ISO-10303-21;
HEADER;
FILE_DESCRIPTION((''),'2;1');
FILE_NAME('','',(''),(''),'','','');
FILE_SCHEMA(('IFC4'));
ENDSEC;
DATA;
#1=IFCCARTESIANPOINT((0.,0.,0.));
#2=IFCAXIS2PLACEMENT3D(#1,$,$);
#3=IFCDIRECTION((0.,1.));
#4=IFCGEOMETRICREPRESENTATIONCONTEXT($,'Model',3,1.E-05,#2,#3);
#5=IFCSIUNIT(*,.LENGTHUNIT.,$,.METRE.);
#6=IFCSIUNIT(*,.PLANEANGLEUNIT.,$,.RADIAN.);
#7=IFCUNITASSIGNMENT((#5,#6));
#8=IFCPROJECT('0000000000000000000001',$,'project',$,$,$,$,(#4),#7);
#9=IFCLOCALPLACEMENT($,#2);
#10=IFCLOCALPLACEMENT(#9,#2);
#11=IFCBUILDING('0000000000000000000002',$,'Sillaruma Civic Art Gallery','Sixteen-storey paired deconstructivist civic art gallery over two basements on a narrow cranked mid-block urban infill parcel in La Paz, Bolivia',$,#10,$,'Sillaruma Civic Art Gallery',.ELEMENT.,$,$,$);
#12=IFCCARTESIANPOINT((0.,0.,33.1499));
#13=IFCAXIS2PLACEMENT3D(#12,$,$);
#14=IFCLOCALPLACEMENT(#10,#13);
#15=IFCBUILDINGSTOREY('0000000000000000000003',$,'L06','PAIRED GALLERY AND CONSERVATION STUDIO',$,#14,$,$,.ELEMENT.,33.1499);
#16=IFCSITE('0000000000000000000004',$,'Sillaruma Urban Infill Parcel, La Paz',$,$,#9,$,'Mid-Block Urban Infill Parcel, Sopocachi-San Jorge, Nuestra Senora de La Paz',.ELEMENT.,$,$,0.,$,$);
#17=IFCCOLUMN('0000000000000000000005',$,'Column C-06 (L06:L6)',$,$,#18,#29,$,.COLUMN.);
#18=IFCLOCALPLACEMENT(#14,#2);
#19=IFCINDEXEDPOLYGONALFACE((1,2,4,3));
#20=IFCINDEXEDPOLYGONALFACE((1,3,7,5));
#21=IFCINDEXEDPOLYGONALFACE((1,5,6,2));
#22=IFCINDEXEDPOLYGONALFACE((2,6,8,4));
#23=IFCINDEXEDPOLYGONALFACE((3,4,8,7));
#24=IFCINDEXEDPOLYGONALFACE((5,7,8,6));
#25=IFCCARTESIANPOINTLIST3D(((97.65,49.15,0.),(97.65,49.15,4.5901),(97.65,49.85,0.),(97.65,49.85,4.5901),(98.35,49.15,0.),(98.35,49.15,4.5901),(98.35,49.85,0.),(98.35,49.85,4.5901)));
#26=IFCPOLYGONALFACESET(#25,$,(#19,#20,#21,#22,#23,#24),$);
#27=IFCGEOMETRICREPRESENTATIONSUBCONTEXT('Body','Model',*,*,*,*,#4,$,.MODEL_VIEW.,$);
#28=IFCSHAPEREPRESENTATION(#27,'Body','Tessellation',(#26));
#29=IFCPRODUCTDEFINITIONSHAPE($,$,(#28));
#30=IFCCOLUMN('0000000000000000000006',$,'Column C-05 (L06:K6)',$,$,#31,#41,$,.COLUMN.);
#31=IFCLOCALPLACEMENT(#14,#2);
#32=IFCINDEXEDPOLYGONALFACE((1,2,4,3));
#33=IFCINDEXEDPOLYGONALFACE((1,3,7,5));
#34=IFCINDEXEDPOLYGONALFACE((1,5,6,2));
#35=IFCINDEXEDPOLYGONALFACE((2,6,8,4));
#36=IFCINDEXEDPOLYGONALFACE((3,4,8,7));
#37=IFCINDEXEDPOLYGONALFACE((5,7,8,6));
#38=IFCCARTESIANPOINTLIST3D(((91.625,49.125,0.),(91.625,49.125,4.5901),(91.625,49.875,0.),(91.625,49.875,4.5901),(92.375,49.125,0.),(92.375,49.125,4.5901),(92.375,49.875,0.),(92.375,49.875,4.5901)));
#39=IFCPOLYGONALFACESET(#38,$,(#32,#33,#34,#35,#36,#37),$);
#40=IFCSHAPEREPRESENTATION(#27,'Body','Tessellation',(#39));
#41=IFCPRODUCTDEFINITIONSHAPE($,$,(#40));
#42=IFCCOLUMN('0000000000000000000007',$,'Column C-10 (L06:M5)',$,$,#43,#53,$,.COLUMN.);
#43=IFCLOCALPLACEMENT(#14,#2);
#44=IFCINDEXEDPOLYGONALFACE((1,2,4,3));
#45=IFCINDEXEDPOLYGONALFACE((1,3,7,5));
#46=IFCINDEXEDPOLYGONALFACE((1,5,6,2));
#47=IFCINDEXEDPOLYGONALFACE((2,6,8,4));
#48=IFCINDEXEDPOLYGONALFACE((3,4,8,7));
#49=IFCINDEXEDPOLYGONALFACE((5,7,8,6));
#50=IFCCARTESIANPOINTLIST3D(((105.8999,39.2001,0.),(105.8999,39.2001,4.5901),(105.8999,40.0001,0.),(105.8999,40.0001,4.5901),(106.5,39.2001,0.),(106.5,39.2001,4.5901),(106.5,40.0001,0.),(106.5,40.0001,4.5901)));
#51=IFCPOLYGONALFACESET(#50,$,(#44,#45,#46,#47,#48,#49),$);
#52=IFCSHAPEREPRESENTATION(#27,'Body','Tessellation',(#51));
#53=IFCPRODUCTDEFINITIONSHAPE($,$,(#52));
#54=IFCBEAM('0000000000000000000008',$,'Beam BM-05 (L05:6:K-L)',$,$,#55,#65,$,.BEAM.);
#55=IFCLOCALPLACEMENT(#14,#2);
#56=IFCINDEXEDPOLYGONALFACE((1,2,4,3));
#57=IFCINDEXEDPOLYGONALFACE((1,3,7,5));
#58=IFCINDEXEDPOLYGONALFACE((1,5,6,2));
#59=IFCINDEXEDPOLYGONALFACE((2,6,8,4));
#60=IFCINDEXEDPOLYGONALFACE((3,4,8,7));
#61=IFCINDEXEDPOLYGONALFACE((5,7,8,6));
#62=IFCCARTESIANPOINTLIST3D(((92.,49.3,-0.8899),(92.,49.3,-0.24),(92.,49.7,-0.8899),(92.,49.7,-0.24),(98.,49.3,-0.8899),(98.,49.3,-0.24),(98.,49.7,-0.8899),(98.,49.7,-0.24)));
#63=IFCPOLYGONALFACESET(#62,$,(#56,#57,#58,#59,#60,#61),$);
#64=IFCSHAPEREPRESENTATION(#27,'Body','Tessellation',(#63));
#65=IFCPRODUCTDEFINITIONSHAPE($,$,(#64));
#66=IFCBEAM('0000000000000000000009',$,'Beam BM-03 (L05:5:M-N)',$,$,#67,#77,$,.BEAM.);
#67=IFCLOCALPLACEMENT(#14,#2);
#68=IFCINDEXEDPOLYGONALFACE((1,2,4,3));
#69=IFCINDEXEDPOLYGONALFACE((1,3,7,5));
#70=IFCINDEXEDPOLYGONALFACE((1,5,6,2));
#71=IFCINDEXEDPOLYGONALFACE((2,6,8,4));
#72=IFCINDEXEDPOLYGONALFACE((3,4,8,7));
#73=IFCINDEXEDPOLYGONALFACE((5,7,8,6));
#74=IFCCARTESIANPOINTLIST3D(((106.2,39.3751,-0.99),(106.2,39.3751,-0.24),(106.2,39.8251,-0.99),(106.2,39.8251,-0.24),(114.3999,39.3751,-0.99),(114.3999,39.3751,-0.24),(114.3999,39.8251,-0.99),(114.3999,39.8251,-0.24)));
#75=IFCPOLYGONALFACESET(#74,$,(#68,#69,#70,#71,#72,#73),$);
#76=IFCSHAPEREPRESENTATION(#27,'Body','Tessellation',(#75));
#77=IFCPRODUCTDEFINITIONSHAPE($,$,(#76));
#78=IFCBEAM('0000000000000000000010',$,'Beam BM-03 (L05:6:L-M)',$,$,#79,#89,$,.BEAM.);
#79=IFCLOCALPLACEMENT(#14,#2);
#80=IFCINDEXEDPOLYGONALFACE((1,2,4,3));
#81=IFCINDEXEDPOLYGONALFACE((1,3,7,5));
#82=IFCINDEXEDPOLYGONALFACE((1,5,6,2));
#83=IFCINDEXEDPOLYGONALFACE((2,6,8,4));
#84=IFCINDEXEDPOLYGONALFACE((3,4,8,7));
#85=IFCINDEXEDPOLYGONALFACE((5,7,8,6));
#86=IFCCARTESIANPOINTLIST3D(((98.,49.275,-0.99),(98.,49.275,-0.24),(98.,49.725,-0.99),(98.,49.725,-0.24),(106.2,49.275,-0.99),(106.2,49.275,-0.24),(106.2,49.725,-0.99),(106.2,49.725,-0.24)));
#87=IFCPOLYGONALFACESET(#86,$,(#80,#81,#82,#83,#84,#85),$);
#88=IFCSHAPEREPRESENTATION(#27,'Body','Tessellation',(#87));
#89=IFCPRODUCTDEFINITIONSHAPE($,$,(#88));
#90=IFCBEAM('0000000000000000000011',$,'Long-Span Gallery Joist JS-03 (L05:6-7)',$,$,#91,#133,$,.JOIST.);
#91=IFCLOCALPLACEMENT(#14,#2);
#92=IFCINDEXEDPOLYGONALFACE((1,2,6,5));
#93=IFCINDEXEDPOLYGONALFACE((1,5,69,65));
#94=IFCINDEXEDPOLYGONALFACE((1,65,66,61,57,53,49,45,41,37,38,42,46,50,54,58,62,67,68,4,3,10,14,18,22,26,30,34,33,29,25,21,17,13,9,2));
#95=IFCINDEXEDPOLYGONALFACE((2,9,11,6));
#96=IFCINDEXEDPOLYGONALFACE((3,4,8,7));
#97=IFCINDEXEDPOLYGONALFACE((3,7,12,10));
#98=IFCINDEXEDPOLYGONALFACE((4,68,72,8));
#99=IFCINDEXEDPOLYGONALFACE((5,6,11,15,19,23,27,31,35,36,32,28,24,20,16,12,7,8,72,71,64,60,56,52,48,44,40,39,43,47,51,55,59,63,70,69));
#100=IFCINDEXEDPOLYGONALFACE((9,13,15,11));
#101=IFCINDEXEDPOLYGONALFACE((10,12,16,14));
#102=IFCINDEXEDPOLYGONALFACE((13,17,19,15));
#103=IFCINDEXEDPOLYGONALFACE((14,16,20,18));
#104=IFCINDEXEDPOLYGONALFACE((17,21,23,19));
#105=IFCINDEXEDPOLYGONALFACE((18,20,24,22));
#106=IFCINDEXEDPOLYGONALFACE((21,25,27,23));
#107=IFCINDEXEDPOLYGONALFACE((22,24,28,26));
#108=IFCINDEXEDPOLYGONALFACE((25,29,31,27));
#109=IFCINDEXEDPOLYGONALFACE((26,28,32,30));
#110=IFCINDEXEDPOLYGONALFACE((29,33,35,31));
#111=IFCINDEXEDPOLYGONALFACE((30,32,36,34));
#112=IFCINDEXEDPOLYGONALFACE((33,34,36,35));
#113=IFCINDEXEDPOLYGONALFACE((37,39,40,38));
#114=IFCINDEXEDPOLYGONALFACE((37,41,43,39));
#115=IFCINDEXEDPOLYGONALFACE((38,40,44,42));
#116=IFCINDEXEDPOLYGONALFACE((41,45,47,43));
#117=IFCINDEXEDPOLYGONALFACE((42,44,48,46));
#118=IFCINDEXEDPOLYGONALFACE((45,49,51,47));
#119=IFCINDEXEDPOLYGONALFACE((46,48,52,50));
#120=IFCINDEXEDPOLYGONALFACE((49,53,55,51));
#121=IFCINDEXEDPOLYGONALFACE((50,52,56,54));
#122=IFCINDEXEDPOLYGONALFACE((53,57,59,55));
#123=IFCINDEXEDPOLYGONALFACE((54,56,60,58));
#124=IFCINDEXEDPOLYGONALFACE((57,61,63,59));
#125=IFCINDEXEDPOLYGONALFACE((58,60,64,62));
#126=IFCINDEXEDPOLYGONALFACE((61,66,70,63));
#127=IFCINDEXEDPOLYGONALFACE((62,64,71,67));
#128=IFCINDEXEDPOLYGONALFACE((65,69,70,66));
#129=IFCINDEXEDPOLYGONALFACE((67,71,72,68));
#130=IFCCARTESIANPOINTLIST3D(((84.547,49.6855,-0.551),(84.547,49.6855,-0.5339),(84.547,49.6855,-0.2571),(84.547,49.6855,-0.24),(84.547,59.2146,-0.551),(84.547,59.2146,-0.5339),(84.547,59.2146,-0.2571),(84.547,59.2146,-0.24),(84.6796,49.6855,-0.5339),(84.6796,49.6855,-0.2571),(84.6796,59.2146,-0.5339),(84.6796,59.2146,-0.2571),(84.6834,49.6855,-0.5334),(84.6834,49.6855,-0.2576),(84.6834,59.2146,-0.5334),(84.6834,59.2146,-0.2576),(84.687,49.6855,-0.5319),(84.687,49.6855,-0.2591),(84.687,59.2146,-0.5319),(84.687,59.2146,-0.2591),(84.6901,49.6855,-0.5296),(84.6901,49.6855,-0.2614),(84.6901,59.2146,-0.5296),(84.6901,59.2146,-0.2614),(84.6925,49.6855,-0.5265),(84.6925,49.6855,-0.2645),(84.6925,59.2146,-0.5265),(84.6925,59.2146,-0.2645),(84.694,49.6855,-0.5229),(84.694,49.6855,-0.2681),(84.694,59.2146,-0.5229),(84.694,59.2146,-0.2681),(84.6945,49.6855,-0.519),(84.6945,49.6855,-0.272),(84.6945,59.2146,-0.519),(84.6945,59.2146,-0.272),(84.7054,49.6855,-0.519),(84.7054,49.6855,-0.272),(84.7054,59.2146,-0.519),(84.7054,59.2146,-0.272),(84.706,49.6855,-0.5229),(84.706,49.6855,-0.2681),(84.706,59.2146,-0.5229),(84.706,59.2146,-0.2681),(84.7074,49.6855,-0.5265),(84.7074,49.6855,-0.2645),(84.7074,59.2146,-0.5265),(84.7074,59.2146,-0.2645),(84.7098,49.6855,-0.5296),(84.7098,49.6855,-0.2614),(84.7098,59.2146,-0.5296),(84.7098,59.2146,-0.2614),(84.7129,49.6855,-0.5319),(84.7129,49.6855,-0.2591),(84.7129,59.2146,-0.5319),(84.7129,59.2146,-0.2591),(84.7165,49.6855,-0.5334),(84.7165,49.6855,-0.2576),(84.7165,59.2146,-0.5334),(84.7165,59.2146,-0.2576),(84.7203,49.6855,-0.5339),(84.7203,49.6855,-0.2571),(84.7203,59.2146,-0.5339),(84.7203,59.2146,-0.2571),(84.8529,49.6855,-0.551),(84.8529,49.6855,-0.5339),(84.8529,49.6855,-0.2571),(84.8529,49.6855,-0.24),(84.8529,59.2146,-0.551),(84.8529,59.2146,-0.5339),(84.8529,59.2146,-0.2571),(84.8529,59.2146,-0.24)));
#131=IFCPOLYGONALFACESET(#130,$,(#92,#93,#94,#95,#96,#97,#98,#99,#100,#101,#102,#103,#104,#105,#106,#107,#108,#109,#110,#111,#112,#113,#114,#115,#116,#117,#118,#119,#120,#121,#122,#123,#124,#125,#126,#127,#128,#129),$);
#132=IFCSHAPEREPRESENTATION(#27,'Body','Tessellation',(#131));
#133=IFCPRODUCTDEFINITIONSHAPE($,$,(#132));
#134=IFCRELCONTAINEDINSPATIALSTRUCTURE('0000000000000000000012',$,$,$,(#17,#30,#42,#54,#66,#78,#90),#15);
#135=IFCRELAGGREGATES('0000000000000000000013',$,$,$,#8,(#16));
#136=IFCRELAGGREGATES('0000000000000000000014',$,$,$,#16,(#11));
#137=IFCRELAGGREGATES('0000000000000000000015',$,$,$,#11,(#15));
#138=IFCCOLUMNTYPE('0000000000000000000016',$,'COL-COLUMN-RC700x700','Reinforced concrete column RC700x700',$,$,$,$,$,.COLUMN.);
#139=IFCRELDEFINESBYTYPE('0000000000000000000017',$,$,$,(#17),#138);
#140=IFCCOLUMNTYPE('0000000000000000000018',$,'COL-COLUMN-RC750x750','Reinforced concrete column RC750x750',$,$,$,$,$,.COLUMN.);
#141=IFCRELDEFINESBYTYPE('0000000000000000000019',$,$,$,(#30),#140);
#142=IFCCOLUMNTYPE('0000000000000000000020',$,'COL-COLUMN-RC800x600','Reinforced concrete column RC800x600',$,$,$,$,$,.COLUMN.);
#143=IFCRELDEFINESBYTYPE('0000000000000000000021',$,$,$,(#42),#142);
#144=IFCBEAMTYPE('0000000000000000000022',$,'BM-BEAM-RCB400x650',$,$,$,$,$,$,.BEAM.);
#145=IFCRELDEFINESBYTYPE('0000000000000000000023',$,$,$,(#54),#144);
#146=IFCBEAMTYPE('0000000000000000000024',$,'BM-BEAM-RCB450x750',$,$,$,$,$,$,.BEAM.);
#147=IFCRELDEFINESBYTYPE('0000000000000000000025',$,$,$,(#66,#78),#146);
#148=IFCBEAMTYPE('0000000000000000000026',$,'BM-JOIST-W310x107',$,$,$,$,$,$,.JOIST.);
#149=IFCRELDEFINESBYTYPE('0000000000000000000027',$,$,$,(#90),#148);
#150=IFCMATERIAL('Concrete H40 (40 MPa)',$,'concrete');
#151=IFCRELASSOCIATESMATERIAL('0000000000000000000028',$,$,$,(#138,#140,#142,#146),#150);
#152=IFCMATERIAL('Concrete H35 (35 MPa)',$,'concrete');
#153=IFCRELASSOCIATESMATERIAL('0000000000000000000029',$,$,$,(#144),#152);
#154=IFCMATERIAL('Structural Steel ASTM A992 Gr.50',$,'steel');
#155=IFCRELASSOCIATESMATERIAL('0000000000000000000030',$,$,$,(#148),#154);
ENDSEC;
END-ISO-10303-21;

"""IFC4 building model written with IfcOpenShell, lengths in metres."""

from ifc_helpers import new_model, si_unit, direction, frame, origin, origin_2d, place, context, subcontext, project, spatial, rectangle, i_section, extrude, material, material_profile, profile_set, type_object, element, save


model = new_model("IFC4")

# Units and contexts
model_context = context("Model", 3, precision=1e-05, world=origin(), true_north=direction((0.0, 1.0)))
body_context = subcontext(model_context, "Body", "Model", "MODEL_VIEW")
ifc_project = project(units=[si_unit("LENGTHUNIT", "METRE"), si_unit("PLANEANGLEUNIT", "RADIAN")], contexts=[model_context])

# Site, building, storey
site_placement = place(None, origin())
site = spatial("IfcSite", under=ifc_project, at=site_placement, Name="Sillaruma Urban Infill Parcel, La Paz", LongName="Mid-Block Urban Infill Parcel, Sopocachi-San Jorge, Nuestra Senora de La Paz", CompositionType="ELEMENT", RefElevation=0.0)
building_placement = place(site_placement, origin())
building = spatial("IfcBuilding", under=site, at=building_placement, Name="Sillaruma Civic Art Gallery", Description="Sixteen-storey paired deconstructivist civic art gallery over two basements on a narrow cranked mid-block urban infill parcel in La Paz, Bolivia", LongName="Sillaruma Civic Art Gallery", CompositionType="ELEMENT")
storey_placement = place(building_placement, frame((0.0, 0.0, 33.1499)))
storey = spatial("IfcBuildingStorey", under=building, at=storey_placement, Name="L06", Description="PAIRED GALLERY AND CONSERVATION STUDIO", CompositionType="ELEMENT", Elevation=33.1499)

# Columns
ifc_material_1 = material(Name="Concrete H40 (40 MPa)", Category="concrete")
ifc_material_profile_1 = material_profile(ifc_material_1, rectangle(XDim=0.7, YDim=0.7, at=origin_2d()), Name="RC700x700")
ifc_profile_set_1 = profile_set([ifc_material_profile_1], Name="Concrete H40 (40 MPa)")
column_type_1 = type_object("IfcColumnType", Name="COL-COLUMN-RC700x700", Description="Reinforced concrete column RC700x700", PredefinedType="COLUMN", material=ifc_profile_set_1)
column_1_placement = place(storey_placement, frame((98.0, 49.5, 0.0), z_axis=(0.0, 0.0, 1.0), x_axis=(1.0, 0.0, 0.0)))
element("IfcColumn", 1, at=column_1_placement, inside=storey, type_object=column_type_1, Name="Column C-06 (L06:L6)", PredefinedType="COLUMN", context=body_context, shape_type="SweptSolid", body=[
    extrude(rectangle(XDim=0.7, YDim=0.7, at=origin_2d()), origin(), (0.0, 0.0, 1.0), 4.5901),
])
ifc_material_profile_2 = material_profile(ifc_material_1, rectangle(XDim=0.75, YDim=0.75, at=origin_2d()), Name="RC750x750")
ifc_profile_set_2 = profile_set([ifc_material_profile_2], Name="Concrete H40 (40 MPa)")
column_type_2 = type_object("IfcColumnType", Name="COL-COLUMN-RC750x750", Description="Reinforced concrete column RC750x750", PredefinedType="COLUMN", material=ifc_profile_set_2)
column_2_placement = place(storey_placement, frame((92.0, 49.5, 0.0), z_axis=(0.0, 0.0, 1.0), x_axis=(1.0, 0.0, 0.0)))
element("IfcColumn", 2, at=column_2_placement, inside=storey, type_object=column_type_2, Name="Column C-05 (L06:K6)", PredefinedType="COLUMN", context=body_context, shape_type="SweptSolid", body=[
    extrude(rectangle(XDim=0.75, YDim=0.75, at=origin_2d()), origin(), (0.0, 0.0, 1.0), 4.5901),
])
ifc_material_profile_3 = material_profile(ifc_material_1, rectangle(XDim=0.6001, YDim=0.8, at=origin_2d()), Name="RC800x600")
ifc_profile_set_3 = profile_set([ifc_material_profile_3], Name="Concrete H40 (40 MPa)")
column_type_3 = type_object("IfcColumnType", Name="COL-COLUMN-RC800x600", Description="Reinforced concrete column RC800x600", PredefinedType="COLUMN", material=ifc_profile_set_3)
column_3_placement = place(storey_placement, frame((106.2, 39.6001, 0.0), z_axis=(0.0, 0.0, 1.0), x_axis=(1.0, 0.0, 0.0)))
element("IfcColumn", 3, at=column_3_placement, inside=storey, type_object=column_type_3, Name="Column C-10 (L06:M5)", PredefinedType="COLUMN", context=body_context, shape_type="SweptSolid", body=[
    extrude(rectangle(XDim=0.6001, YDim=0.8, at=origin_2d()), origin(), (0.0, 0.0, 1.0), 4.5901),
])

# Beams
ifc_material_2 = material(Name="Concrete H35 (35 MPa)", Category="concrete")
ifc_material_profile_4 = material_profile(ifc_material_2, rectangle(XDim=0.3999, YDim=0.6499, at=origin_2d()), Name="RCB400x650")
ifc_profile_set_4 = profile_set([ifc_material_profile_4], Name="Concrete H35 (35 MPa)")
beam_type_1 = type_object("IfcBeamType", Name="BM-BEAM-RCB400x650", PredefinedType="BEAM", material=ifc_profile_set_4)
beam_1_placement = place(storey_placement, frame((92.0, 49.5, -0.5649), z_axis=(1.0, 0.0, 0.0), x_axis=(0.0, 1.0, 0.0)))
element("IfcBeam", 4, at=beam_1_placement, inside=storey, type_object=beam_type_1, Name="Beam BM-05 (L05:6:K-L)", PredefinedType="BEAM", context=body_context, shape_type="SweptSolid", body=[
    extrude(rectangle(XDim=0.3999, YDim=0.6499, at=origin_2d()), origin(), (0.0, 0.0, 1.0), 6.0),
])
ifc_material_profile_5 = material_profile(ifc_material_1, rectangle(XDim=0.45, YDim=0.75, at=origin_2d()), Name="RCB450x750")
ifc_profile_set_5 = profile_set([ifc_material_profile_5], Name="Concrete H40 (40 MPa)")
beam_type_2 = type_object("IfcBeamType", Name="BM-BEAM-RCB450x750", PredefinedType="BEAM", material=ifc_profile_set_5)
for number, where, z_axis, x_axis, name in (
    (5, (106.2, 39.6001, -0.615), (1.0, 0.0, 0.0), (0.0, 1.0, 0.0), "Beam BM-03 (L05:5:M-N)"),
    (6, (98.0, 49.5, -0.615), (1.0, 0.0, 0.0), (0.0, 1.0, 0.0), "Beam BM-03 (L05:6:L-M)"),
):
    element("IfcBeam", number, at=place(storey_placement, frame(where, z_axis=z_axis, x_axis=x_axis)), inside=storey, type_object=beam_type_2, Name=name, PredefinedType="BEAM", context=body_context, shape_type="SweptSolid", body=[
        extrude(rectangle(XDim=0.45, YDim=0.75, at=origin_2d()), origin(), (0.0, 0.0, 1.0), 8.2),
    ])
ifc_material_3 = material(Name="Structural Steel ASTM A992 Gr.50", Category="steel")
ifc_material_profile_6 = material_profile(ifc_material_3, i_section(OverallWidth=0.3059, OverallDepth=0.311, WebThickness=0.011, FlangeThickness=0.0171, FilletRadius=0.0149, at=origin_2d()), Name="W310x107")
ifc_profile_set_6 = profile_set([ifc_material_profile_6], Name="Structural Steel ASTM A992 Gr.50")
beam_type_3 = type_object("IfcBeamType", Name="BM-JOIST-W310x107", PredefinedType="JOIST", material=ifc_profile_set_6)
beam_2_placement = place(storey_placement, frame((84.7, 49.6855, -0.3955), z_axis=(0.0, 1.0, 0.0), x_axis=(-1.0, 0.0, 0.0)))
element("IfcBeam", 7, at=beam_2_placement, inside=storey, type_object=beam_type_3, Name="Long-Span Gallery Joist JS-03 (L05:6-7)", PredefinedType="JOIST", context=body_context, shape_type="SweptSolid", body=[
    extrude(i_section(OverallWidth=0.3059, OverallDepth=0.311, WebThickness=0.011, FlangeThickness=0.0171, FilletRadius=0.0149, at=origin_2d()), origin(), (0.0, 0.0, 1.0), 9.5291),
])

save(model, "model.ifc")
